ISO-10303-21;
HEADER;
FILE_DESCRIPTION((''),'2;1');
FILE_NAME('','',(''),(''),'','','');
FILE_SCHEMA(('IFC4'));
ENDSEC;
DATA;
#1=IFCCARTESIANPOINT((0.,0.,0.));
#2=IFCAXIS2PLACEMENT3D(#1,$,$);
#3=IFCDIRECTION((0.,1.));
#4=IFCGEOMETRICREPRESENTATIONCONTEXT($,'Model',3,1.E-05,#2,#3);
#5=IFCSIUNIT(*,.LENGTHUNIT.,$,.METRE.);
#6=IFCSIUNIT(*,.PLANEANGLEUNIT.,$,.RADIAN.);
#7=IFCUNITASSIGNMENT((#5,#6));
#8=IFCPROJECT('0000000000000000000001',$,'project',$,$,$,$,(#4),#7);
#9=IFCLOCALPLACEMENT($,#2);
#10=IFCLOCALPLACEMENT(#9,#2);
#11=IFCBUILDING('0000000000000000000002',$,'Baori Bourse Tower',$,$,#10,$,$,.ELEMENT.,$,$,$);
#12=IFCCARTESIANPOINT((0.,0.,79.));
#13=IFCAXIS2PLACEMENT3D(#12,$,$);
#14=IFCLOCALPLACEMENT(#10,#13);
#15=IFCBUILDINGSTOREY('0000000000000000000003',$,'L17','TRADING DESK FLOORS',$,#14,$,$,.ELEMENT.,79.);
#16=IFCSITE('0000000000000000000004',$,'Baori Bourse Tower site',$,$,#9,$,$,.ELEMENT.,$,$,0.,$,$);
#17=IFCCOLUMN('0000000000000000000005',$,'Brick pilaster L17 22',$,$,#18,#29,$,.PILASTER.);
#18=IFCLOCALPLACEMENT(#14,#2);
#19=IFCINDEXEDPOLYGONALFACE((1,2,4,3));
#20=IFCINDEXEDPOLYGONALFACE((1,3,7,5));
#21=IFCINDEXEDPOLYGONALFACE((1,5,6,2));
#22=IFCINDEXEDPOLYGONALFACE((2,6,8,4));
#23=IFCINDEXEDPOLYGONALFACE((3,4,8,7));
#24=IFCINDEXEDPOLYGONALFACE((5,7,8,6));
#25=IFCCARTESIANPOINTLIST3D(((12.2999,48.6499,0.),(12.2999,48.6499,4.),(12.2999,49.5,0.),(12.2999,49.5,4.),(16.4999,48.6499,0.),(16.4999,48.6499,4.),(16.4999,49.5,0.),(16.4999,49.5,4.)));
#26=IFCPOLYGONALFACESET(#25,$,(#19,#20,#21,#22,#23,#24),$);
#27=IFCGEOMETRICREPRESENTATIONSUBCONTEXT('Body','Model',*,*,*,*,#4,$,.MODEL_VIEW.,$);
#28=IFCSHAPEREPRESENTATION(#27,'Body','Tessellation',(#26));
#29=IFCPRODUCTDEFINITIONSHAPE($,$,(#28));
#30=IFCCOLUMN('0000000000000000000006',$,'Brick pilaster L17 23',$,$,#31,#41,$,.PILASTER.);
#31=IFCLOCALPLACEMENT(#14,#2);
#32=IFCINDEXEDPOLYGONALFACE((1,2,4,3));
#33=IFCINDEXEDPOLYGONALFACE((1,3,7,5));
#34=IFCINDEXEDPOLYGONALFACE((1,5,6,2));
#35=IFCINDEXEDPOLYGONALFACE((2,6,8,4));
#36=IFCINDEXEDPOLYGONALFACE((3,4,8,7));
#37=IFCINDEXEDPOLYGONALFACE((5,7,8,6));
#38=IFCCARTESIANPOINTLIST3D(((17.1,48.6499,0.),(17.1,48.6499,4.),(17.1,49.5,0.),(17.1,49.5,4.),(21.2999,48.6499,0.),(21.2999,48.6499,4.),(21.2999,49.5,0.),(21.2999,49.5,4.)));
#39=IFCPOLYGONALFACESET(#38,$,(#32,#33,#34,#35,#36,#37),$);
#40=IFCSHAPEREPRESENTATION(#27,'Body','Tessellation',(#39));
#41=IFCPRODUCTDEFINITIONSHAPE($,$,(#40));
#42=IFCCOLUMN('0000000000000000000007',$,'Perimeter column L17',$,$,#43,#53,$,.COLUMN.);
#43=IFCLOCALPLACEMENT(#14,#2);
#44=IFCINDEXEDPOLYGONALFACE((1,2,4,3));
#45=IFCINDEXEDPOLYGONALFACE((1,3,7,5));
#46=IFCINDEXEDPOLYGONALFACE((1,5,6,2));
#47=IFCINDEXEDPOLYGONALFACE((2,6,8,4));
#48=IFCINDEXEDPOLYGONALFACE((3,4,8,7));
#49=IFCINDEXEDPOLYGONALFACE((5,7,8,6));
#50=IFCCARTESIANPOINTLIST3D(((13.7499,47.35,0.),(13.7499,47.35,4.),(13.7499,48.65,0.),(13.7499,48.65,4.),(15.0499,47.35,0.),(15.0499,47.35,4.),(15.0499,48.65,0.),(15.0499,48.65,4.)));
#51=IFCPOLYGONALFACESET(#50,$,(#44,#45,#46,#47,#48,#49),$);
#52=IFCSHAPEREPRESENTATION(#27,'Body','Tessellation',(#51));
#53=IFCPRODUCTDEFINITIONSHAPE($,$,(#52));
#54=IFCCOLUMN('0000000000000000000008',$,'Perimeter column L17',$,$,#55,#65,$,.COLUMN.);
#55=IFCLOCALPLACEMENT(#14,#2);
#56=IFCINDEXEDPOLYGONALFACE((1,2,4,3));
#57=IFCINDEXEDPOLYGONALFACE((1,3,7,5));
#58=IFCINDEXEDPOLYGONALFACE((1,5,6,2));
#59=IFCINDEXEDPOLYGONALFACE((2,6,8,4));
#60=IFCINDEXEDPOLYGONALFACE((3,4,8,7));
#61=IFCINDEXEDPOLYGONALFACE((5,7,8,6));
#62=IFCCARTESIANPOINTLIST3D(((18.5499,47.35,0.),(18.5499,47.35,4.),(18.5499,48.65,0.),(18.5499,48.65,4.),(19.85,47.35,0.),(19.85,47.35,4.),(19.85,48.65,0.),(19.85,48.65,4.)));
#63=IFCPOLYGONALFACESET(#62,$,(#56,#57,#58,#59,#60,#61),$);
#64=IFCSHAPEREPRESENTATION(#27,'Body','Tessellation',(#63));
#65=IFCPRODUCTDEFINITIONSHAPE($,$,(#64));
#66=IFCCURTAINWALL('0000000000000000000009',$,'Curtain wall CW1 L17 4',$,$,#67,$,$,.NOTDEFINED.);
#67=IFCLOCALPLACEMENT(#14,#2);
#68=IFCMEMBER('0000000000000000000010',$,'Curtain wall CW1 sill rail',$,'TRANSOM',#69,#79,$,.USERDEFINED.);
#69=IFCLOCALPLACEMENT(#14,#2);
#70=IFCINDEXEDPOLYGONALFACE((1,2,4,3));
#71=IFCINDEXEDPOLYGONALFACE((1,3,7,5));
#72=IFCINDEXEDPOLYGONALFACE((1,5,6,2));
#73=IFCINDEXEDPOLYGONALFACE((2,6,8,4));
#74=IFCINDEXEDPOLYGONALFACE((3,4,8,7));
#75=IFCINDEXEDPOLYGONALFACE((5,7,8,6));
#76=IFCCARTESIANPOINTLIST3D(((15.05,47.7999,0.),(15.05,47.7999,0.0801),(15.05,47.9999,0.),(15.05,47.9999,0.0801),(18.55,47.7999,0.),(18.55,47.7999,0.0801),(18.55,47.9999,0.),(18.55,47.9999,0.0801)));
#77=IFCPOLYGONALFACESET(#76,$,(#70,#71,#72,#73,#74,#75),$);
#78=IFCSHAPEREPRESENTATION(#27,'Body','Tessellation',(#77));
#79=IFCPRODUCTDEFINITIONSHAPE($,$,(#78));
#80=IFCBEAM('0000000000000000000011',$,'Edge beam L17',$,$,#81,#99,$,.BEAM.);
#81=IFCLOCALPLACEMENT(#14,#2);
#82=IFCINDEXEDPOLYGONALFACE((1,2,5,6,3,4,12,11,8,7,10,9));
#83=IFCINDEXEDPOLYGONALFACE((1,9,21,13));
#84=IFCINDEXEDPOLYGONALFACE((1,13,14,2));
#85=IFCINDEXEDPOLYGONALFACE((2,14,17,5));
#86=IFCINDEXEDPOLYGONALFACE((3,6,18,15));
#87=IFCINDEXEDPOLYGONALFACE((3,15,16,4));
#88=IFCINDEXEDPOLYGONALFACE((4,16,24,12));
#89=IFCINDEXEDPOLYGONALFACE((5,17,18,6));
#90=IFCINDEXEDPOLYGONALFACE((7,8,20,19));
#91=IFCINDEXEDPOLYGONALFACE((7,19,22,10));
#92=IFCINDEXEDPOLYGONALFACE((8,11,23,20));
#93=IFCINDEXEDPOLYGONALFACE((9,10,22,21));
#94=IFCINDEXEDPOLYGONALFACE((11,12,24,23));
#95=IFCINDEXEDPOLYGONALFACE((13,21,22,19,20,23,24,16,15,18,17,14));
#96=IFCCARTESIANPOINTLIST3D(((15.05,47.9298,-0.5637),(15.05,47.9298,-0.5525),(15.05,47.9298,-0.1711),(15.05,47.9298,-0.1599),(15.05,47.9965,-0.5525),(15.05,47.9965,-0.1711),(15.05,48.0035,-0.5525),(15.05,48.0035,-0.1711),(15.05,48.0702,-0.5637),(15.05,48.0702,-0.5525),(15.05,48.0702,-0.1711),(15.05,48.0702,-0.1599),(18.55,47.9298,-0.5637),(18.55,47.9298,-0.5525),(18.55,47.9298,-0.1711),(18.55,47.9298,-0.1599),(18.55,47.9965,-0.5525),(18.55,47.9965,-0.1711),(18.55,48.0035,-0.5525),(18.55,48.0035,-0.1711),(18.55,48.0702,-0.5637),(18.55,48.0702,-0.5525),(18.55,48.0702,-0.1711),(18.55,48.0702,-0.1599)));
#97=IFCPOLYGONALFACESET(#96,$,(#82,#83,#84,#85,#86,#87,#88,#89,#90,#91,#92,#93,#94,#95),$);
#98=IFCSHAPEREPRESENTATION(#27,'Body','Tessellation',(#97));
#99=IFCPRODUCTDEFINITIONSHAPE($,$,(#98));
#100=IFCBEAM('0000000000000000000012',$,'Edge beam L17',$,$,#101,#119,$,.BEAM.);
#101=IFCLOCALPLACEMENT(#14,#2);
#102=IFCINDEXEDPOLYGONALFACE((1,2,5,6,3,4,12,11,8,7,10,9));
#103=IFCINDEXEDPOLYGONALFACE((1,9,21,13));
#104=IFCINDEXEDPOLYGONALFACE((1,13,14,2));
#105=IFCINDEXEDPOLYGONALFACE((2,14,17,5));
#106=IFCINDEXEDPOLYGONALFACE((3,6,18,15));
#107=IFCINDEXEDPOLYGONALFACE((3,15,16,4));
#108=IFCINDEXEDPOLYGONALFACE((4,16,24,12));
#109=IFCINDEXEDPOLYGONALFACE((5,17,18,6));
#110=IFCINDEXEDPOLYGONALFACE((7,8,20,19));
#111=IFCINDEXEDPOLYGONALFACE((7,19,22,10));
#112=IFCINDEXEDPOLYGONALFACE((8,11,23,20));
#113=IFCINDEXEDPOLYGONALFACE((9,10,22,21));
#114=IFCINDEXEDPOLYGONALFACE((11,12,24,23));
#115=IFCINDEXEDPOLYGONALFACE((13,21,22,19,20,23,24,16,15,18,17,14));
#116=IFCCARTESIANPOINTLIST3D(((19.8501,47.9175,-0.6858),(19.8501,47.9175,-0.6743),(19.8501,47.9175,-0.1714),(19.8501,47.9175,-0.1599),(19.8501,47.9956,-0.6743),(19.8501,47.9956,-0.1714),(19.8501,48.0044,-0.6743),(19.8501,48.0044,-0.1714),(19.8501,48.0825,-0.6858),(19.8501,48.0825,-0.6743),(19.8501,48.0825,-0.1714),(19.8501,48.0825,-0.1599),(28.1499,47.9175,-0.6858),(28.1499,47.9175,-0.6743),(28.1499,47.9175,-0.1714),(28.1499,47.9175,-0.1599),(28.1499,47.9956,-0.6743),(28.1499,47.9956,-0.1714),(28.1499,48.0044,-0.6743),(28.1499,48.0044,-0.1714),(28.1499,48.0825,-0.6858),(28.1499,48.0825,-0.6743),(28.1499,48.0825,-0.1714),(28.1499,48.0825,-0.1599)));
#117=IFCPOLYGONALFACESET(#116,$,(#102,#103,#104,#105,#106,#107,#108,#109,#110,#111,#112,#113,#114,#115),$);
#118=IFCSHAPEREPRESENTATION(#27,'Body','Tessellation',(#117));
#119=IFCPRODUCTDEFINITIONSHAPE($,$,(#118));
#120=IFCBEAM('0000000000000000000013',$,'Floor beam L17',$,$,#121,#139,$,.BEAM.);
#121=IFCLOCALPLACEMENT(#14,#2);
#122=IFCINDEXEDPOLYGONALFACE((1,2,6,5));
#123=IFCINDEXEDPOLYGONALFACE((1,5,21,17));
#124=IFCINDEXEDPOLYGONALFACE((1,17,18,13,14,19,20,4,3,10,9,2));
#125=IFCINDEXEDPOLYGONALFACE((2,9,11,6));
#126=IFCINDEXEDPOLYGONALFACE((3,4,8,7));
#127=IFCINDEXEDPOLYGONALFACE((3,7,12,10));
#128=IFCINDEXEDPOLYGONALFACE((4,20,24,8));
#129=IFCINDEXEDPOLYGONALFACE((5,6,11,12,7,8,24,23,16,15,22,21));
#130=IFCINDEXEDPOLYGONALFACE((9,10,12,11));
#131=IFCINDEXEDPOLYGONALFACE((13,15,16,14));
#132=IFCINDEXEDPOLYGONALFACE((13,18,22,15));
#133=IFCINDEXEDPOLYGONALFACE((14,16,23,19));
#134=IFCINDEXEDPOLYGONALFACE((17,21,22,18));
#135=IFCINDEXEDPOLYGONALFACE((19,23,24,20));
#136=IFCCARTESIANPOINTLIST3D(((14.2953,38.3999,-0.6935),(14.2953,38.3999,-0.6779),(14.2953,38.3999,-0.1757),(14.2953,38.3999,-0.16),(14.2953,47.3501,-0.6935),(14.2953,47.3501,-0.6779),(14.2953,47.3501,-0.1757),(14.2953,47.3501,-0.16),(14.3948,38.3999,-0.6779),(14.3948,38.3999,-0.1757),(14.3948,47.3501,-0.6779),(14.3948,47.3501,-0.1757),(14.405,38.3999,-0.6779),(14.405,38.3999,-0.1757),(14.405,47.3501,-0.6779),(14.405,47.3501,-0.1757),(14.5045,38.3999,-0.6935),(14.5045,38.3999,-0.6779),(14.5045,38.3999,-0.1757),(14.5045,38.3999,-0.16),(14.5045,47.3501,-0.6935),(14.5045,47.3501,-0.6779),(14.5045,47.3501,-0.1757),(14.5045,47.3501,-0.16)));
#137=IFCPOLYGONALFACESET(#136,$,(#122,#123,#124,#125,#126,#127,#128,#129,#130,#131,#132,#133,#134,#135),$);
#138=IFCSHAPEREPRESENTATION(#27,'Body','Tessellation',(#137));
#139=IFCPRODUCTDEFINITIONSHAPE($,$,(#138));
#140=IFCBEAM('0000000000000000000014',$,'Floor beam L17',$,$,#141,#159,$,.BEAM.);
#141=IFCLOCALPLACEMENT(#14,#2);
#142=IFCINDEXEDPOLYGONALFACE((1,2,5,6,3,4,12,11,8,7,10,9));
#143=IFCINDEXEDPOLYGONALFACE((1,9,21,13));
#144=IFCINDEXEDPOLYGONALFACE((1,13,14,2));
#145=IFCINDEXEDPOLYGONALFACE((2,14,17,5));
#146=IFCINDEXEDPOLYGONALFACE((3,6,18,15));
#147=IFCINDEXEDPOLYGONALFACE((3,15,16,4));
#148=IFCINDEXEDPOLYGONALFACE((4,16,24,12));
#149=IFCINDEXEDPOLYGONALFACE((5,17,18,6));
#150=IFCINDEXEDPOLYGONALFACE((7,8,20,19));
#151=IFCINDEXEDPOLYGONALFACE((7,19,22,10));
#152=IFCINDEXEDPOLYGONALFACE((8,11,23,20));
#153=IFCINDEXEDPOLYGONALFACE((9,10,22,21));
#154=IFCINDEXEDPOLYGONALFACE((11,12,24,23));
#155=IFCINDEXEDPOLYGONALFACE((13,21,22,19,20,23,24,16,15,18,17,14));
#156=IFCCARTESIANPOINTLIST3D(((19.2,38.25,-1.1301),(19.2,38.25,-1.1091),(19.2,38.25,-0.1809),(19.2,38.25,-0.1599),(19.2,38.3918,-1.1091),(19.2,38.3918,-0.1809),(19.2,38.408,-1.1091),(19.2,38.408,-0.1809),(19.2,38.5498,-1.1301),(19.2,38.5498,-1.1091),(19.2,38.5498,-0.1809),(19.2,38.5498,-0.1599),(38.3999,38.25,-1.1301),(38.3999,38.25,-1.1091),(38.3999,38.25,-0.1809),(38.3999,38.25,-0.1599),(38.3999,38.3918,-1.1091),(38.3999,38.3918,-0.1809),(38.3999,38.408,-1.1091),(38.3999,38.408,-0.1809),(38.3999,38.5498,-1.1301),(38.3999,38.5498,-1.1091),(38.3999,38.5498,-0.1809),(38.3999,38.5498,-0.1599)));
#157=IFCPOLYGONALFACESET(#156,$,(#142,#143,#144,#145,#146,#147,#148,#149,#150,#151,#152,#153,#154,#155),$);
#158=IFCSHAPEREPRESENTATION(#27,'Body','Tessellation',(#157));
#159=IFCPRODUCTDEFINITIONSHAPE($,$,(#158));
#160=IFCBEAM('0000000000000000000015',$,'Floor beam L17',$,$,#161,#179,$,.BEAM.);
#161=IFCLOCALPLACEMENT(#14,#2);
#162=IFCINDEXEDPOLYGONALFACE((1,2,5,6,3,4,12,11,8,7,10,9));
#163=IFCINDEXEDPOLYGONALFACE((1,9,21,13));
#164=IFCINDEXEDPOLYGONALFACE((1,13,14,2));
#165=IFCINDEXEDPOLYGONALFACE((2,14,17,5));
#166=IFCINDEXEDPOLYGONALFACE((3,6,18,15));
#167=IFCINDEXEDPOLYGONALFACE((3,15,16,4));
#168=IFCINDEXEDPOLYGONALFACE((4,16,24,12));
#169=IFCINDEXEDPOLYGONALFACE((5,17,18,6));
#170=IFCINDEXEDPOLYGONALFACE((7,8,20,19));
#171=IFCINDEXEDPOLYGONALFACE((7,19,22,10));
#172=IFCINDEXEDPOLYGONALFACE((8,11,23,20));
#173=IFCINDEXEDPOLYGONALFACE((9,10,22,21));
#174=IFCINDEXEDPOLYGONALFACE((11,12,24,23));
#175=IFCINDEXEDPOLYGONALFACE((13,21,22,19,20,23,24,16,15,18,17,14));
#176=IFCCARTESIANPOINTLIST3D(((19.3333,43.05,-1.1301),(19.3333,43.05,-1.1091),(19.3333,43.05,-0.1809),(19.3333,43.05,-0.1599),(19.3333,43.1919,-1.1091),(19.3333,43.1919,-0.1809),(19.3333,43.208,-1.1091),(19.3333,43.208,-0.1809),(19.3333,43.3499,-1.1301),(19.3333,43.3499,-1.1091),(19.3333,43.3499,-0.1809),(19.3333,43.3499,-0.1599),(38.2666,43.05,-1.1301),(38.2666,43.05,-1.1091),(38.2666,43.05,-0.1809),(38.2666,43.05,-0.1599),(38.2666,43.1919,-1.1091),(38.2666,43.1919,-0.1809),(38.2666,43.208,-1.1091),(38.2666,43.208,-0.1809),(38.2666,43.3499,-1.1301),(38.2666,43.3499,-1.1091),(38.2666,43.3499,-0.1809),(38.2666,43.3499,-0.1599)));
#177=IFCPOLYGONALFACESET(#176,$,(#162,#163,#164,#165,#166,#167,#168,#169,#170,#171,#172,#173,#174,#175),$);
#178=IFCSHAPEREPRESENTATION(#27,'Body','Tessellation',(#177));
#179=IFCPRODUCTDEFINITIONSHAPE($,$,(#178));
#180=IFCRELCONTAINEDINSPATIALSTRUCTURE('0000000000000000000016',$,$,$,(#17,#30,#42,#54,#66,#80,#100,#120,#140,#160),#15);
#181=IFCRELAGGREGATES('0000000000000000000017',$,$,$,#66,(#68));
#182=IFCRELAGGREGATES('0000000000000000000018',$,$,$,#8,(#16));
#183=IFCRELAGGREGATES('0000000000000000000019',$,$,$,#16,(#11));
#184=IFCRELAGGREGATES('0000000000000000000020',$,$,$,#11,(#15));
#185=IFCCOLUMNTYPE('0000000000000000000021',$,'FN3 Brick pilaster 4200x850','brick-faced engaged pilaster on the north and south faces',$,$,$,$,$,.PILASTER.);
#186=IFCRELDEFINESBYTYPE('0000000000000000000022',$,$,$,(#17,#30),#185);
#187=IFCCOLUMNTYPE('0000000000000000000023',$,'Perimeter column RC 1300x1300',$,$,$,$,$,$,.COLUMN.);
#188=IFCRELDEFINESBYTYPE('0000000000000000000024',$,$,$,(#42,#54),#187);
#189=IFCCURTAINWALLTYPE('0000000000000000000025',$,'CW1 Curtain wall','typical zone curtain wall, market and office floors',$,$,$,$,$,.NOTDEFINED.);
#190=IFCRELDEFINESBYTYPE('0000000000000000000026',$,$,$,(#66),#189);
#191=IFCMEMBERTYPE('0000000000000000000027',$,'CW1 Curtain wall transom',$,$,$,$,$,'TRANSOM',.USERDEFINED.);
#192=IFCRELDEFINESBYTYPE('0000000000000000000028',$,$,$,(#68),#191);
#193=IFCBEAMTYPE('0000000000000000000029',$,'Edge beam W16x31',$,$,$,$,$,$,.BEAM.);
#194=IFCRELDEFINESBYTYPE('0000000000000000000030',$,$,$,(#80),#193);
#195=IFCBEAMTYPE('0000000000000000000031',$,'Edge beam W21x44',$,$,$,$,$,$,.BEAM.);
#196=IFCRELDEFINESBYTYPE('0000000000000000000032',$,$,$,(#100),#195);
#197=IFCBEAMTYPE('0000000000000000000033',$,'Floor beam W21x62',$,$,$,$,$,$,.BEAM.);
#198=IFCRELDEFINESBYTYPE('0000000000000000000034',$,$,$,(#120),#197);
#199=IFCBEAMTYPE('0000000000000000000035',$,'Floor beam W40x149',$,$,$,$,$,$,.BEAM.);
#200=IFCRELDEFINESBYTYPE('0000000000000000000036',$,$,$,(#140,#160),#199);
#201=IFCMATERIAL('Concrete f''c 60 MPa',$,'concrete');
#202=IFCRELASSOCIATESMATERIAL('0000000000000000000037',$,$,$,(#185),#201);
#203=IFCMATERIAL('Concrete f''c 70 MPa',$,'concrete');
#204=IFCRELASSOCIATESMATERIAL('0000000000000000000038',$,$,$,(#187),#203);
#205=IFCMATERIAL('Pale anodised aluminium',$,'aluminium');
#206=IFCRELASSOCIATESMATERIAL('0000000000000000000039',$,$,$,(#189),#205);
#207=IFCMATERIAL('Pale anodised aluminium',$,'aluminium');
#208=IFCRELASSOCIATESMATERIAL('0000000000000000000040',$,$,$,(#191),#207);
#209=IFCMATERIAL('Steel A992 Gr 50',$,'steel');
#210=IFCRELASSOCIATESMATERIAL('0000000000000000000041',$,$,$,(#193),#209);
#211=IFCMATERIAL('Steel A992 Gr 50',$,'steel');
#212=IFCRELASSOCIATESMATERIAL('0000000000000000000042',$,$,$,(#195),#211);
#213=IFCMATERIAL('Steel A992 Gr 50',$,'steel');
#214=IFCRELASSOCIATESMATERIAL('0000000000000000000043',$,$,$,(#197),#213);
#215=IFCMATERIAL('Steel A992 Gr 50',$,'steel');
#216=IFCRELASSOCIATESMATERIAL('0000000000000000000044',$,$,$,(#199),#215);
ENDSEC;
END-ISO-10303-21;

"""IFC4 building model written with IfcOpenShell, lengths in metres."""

from ifc_helpers import new_model, si_unit, direction, frame, origin, origin_2d, place, context, subcontext, project, spatial, rectangle, i_section, extrude, material, material_profile, profile_set, type_object, element, aggregate, save


model = new_model("IFC4")

# Units and contexts
model_context = context("Model", 3, precision=1e-05, world=origin(), true_north=direction((0.0, 1.0)))
body_context = subcontext(model_context, "Body", "Model", "MODEL_VIEW")
ifc_project = project(units=[si_unit("LENGTHUNIT", "METRE"), si_unit("PLANEANGLEUNIT", "RADIAN")], contexts=[model_context])

# Site, building, storey
site_placement = place(None, origin())
site = spatial("IfcSite", under=ifc_project, at=site_placement, Name="Baori Bourse Tower site", CompositionType="ELEMENT", RefElevation=0.0)
building_placement = place(site_placement, origin())
building = spatial("IfcBuilding", under=site, at=building_placement, Name="Baori Bourse Tower", CompositionType="ELEMENT")
storey_placement = place(building_placement, frame((0.0, 0.0, 79.0)))
storey = spatial("IfcBuildingStorey", under=building, at=storey_placement, Name="L17", Description="TRADING DESK FLOORS", CompositionType="ELEMENT", Elevation=79.0)

# Columns
ifc_material_1 = material(Name="Concrete f'c 60 MPa", Category="concrete")
ifc_material_profile_1 = material_profile(ifc_material_1, rectangle(XDim=4.2, YDim=0.8501, at=origin_2d()), Name="RC 4200x850")
ifc_profile_set_1 = profile_set([ifc_material_profile_1], Name="Concrete f'c 60 MPa")
column_type_1 = type_object("IfcColumnType", Name="FN3 Brick pilaster 4200x850", Description="brick-faced engaged pilaster on the north and south faces", PredefinedType="PILASTER", material=ifc_profile_set_1)
for number, where, z_axis, x_axis, name in (
    (1, (14.3999, 49.075, 0.0), (0.0, 0.0, 1.0), (1.0, 0.0, 0.0), "Brick pilaster L17 22"),
    (2, (19.2, 49.075, 0.0), (0.0, 0.0, 1.0), (1.0, 0.0, 0.0), "Brick pilaster L17 23"),
):
    element("IfcColumn", number, at=place(storey_placement, frame(where, z_axis=z_axis, x_axis=x_axis)), inside=storey, type_object=column_type_1, Name=name, PredefinedType="PILASTER", context=body_context, shape_type="SweptSolid", body=[
        extrude(rectangle(XDim=4.2, YDim=0.8501, at=origin_2d()), origin(), (0.0, 0.0, 1.0), 4.0),
    ])
ifc_material_2 = material(Name="Concrete f'c 70 MPa", Category="concrete")
ifc_material_profile_2 = material_profile(ifc_material_2, rectangle(XDim=1.3, YDim=1.3, at=origin_2d()), Name="RC 1300x1300")
ifc_profile_set_2 = profile_set([ifc_material_profile_2], Name="Concrete f'c 70 MPa")
column_type_2 = type_object("IfcColumnType", Name="Perimeter column RC 1300x1300", PredefinedType="COLUMN", material=ifc_profile_set_2)
for number, where, z_axis, x_axis, name in (
    (3, (14.3999, 48.0, 0.0), (0.0, 0.0, 1.0), (1.0, 0.0, 0.0), "Perimeter column L17"),
    (4, (19.2, 48.0, 0.0), (0.0, 0.0, 1.0), (1.0, 0.0, 0.0), "Perimeter column L17"),
):
    element("IfcColumn", number, at=place(storey_placement, frame(where, z_axis=z_axis, x_axis=x_axis)), inside=storey, type_object=column_type_2, Name=name, PredefinedType="COLUMN", context=body_context, shape_type="SweptSolid", body=[
        extrude(rectangle(XDim=1.3, YDim=1.3, at=origin_2d()), origin(), (0.0, 0.0, 1.0), 4.0),
    ])

# Curtain wall, member
ifc_material_3 = material(Name="Pale anodised aluminium", Category="aluminium")
curtain_wall_type = type_object("IfcCurtainWallType", Name="CW1 Curtain wall", Description="typical zone curtain wall, market and office floors", PredefinedType="NOTDEFINED", material=ifc_material_3)
curtain_wall_placement = place(storey_placement, origin())
curtain_wall = element("IfcCurtainWall", 5, at=curtain_wall_placement, inside=storey, type_object=curtain_wall_type, Name="Curtain wall CW1 L17 4", PredefinedType="NOTDEFINED")
ifc_material_4 = material(Name="Pale anodised aluminium", Category="aluminium")
ifc_material_profile_3 = material_profile(ifc_material_4, rectangle(XDim=0.2, YDim=0.0801, at=origin_2d()), Name="Transom 80x200")
ifc_profile_set_3 = profile_set([ifc_material_profile_3], Name="Pale anodised aluminium")
member_type = type_object("IfcMemberType", Name="CW1 Curtain wall transom", ElementType="TRANSOM", PredefinedType="USERDEFINED", material=ifc_profile_set_3)
member_placement = place(storey_placement, frame((18.55, 47.8999, 0.04), z_axis=(-1.0, 0.0, 0.0), x_axis=(0.0, -1.0, 0.0)))
member = element("IfcMember", 6, at=member_placement, type_object=member_type, Name="Curtain wall CW1 sill rail", ObjectType="TRANSOM", PredefinedType="USERDEFINED", context=body_context, shape_type="SweptSolid", body=[
    extrude(rectangle(XDim=0.2, YDim=0.0801, at=origin_2d()), origin(), (0.0, 0.0, 1.0), 3.5),
])

# Beams
ifc_material_5 = material(Name="Steel A992 Gr 50", Category="steel")
ifc_material_profile_4 = material_profile(ifc_material_5, i_section(OverallWidth=0.1404, OverallDepth=0.4038, WebThickness=0.0071, FlangeThickness=0.0112, at=origin_2d()), Name="W16x31")
ifc_profile_set_4 = profile_set([ifc_material_profile_4], Name="Steel A992 Gr 50")
beam_type_1 = type_object("IfcBeamType", Name="Edge beam W16x31", PredefinedType="BEAM", material=ifc_profile_set_4)
beam_1_placement = place(storey_placement, frame((15.05, 48.0, -0.3618), z_axis=(1.0, 0.0, 0.0), x_axis=(0.0, 1.0, 0.0)))
element("IfcBeam", 7, at=beam_1_placement, inside=storey, type_object=beam_type_1, Name="Edge beam L17", PredefinedType="BEAM", context=body_context, shape_type="SweptSolid", body=[
    extrude(i_section(OverallWidth=0.1404, OverallDepth=0.4038, WebThickness=0.0071, FlangeThickness=0.0112, at=origin_2d()), origin(), (0.0, 0.0, 1.0), 3.5),
])
ifc_material_6 = material(Name="Steel A992 Gr 50", Category="steel")
ifc_material_profile_5 = material_profile(ifc_material_6, i_section(OverallWidth=0.165, OverallDepth=0.5259, WebThickness=0.0088, FlangeThickness=0.0115, at=origin_2d()), Name="W21x44")
ifc_profile_set_5 = profile_set([ifc_material_profile_5], Name="Steel A992 Gr 50")
beam_type_2 = type_object("IfcBeamType", Name="Edge beam W21x44", PredefinedType="BEAM", material=ifc_profile_set_5)
beam_2_placement = place(storey_placement, frame((19.8501, 48.0, -0.4229), z_axis=(1.0, 0.0, 0.0), x_axis=(0.0, 1.0, 0.0)))
element("IfcBeam", 8, at=beam_2_placement, inside=storey, type_object=beam_type_2, Name="Edge beam L17", PredefinedType="BEAM", context=body_context, shape_type="SweptSolid", body=[
    extrude(i_section(OverallWidth=0.165, OverallDepth=0.5259, WebThickness=0.0088, FlangeThickness=0.0115, at=origin_2d()), origin(), (0.0, 0.0, 1.0), 8.2998),
])
ifc_material_7 = material(Name="Steel A992 Gr 50", Category="steel")
ifc_material_profile_6 = material_profile(ifc_material_7, i_section(OverallWidth=0.2092, OverallDepth=0.5334, WebThickness=0.0103, FlangeThickness=0.0156, at=origin_2d()), Name="W21x62")
ifc_profile_set_6 = profile_set([ifc_material_profile_6], Name="Steel A992 Gr 50")
beam_type_3 = type_object("IfcBeamType", Name="Floor beam W21x62", PredefinedType="BEAM", material=ifc_profile_set_6)
beam_3_placement = place(storey_placement, frame((14.3999, 38.3999, -0.4268), z_axis=(0.0, 1.0, 0.0), x_axis=(-1.0, 0.0, 0.0)))
element("IfcBeam", 9, at=beam_3_placement, inside=storey, type_object=beam_type_3, Name="Floor beam L17", PredefinedType="BEAM", context=body_context, shape_type="SweptSolid", body=[
    extrude(i_section(OverallWidth=0.2092, OverallDepth=0.5334, WebThickness=0.0103, FlangeThickness=0.0156, at=origin_2d()), origin(), (0.0, 0.0, 1.0), 8.9502),
])
ifc_material_8 = material(Name="Steel A992 Gr 50", Category="steel")
ifc_material_profile_7 = material_profile(ifc_material_8, i_section(OverallWidth=0.2998, OverallDepth=0.9702, WebThickness=0.0161, FlangeThickness=0.021, at=origin_2d()), Name="W40x149")
ifc_profile_set_7 = profile_set([ifc_material_profile_7], Name="Steel A992 Gr 50")
beam_type_4 = type_object("IfcBeamType", Name="Floor beam W40x149", PredefinedType="BEAM", material=ifc_profile_set_7)
beam_4_placement = place(storey_placement, frame((19.2, 38.3999, -0.645), z_axis=(1.0, 0.0, 0.0), x_axis=(0.0, 1.0, 0.0)))
element("IfcBeam", 10, at=beam_4_placement, inside=storey, type_object=beam_type_4, Name="Floor beam L17", PredefinedType="BEAM", context=body_context, shape_type="SweptSolid", body=[
    extrude(i_section(OverallWidth=0.2998, OverallDepth=0.9702, WebThickness=0.0161, FlangeThickness=0.021, at=origin_2d()), origin(), (0.0, 0.0, 1.0), 19.2),
])
beam_5_placement = place(storey_placement, frame((19.3333, 43.2, -0.645), z_axis=(1.0, 0.0, 0.0), x_axis=(0.0, 1.0, 0.0)))
element("IfcBeam", 11, at=beam_5_placement, inside=storey, type_object=beam_type_4, Name="Floor beam L17", PredefinedType="BEAM", context=body_context, shape_type="SweptSolid", body=[
    extrude(i_section(OverallWidth=0.2998, OverallDepth=0.9702, WebThickness=0.0161, FlangeThickness=0.021, at=origin_2d()), origin(), (0.0, 0.0, 1.0), 18.9333),
])

aggregate(curtain_wall, [member])

save(model, "model.ifc")
